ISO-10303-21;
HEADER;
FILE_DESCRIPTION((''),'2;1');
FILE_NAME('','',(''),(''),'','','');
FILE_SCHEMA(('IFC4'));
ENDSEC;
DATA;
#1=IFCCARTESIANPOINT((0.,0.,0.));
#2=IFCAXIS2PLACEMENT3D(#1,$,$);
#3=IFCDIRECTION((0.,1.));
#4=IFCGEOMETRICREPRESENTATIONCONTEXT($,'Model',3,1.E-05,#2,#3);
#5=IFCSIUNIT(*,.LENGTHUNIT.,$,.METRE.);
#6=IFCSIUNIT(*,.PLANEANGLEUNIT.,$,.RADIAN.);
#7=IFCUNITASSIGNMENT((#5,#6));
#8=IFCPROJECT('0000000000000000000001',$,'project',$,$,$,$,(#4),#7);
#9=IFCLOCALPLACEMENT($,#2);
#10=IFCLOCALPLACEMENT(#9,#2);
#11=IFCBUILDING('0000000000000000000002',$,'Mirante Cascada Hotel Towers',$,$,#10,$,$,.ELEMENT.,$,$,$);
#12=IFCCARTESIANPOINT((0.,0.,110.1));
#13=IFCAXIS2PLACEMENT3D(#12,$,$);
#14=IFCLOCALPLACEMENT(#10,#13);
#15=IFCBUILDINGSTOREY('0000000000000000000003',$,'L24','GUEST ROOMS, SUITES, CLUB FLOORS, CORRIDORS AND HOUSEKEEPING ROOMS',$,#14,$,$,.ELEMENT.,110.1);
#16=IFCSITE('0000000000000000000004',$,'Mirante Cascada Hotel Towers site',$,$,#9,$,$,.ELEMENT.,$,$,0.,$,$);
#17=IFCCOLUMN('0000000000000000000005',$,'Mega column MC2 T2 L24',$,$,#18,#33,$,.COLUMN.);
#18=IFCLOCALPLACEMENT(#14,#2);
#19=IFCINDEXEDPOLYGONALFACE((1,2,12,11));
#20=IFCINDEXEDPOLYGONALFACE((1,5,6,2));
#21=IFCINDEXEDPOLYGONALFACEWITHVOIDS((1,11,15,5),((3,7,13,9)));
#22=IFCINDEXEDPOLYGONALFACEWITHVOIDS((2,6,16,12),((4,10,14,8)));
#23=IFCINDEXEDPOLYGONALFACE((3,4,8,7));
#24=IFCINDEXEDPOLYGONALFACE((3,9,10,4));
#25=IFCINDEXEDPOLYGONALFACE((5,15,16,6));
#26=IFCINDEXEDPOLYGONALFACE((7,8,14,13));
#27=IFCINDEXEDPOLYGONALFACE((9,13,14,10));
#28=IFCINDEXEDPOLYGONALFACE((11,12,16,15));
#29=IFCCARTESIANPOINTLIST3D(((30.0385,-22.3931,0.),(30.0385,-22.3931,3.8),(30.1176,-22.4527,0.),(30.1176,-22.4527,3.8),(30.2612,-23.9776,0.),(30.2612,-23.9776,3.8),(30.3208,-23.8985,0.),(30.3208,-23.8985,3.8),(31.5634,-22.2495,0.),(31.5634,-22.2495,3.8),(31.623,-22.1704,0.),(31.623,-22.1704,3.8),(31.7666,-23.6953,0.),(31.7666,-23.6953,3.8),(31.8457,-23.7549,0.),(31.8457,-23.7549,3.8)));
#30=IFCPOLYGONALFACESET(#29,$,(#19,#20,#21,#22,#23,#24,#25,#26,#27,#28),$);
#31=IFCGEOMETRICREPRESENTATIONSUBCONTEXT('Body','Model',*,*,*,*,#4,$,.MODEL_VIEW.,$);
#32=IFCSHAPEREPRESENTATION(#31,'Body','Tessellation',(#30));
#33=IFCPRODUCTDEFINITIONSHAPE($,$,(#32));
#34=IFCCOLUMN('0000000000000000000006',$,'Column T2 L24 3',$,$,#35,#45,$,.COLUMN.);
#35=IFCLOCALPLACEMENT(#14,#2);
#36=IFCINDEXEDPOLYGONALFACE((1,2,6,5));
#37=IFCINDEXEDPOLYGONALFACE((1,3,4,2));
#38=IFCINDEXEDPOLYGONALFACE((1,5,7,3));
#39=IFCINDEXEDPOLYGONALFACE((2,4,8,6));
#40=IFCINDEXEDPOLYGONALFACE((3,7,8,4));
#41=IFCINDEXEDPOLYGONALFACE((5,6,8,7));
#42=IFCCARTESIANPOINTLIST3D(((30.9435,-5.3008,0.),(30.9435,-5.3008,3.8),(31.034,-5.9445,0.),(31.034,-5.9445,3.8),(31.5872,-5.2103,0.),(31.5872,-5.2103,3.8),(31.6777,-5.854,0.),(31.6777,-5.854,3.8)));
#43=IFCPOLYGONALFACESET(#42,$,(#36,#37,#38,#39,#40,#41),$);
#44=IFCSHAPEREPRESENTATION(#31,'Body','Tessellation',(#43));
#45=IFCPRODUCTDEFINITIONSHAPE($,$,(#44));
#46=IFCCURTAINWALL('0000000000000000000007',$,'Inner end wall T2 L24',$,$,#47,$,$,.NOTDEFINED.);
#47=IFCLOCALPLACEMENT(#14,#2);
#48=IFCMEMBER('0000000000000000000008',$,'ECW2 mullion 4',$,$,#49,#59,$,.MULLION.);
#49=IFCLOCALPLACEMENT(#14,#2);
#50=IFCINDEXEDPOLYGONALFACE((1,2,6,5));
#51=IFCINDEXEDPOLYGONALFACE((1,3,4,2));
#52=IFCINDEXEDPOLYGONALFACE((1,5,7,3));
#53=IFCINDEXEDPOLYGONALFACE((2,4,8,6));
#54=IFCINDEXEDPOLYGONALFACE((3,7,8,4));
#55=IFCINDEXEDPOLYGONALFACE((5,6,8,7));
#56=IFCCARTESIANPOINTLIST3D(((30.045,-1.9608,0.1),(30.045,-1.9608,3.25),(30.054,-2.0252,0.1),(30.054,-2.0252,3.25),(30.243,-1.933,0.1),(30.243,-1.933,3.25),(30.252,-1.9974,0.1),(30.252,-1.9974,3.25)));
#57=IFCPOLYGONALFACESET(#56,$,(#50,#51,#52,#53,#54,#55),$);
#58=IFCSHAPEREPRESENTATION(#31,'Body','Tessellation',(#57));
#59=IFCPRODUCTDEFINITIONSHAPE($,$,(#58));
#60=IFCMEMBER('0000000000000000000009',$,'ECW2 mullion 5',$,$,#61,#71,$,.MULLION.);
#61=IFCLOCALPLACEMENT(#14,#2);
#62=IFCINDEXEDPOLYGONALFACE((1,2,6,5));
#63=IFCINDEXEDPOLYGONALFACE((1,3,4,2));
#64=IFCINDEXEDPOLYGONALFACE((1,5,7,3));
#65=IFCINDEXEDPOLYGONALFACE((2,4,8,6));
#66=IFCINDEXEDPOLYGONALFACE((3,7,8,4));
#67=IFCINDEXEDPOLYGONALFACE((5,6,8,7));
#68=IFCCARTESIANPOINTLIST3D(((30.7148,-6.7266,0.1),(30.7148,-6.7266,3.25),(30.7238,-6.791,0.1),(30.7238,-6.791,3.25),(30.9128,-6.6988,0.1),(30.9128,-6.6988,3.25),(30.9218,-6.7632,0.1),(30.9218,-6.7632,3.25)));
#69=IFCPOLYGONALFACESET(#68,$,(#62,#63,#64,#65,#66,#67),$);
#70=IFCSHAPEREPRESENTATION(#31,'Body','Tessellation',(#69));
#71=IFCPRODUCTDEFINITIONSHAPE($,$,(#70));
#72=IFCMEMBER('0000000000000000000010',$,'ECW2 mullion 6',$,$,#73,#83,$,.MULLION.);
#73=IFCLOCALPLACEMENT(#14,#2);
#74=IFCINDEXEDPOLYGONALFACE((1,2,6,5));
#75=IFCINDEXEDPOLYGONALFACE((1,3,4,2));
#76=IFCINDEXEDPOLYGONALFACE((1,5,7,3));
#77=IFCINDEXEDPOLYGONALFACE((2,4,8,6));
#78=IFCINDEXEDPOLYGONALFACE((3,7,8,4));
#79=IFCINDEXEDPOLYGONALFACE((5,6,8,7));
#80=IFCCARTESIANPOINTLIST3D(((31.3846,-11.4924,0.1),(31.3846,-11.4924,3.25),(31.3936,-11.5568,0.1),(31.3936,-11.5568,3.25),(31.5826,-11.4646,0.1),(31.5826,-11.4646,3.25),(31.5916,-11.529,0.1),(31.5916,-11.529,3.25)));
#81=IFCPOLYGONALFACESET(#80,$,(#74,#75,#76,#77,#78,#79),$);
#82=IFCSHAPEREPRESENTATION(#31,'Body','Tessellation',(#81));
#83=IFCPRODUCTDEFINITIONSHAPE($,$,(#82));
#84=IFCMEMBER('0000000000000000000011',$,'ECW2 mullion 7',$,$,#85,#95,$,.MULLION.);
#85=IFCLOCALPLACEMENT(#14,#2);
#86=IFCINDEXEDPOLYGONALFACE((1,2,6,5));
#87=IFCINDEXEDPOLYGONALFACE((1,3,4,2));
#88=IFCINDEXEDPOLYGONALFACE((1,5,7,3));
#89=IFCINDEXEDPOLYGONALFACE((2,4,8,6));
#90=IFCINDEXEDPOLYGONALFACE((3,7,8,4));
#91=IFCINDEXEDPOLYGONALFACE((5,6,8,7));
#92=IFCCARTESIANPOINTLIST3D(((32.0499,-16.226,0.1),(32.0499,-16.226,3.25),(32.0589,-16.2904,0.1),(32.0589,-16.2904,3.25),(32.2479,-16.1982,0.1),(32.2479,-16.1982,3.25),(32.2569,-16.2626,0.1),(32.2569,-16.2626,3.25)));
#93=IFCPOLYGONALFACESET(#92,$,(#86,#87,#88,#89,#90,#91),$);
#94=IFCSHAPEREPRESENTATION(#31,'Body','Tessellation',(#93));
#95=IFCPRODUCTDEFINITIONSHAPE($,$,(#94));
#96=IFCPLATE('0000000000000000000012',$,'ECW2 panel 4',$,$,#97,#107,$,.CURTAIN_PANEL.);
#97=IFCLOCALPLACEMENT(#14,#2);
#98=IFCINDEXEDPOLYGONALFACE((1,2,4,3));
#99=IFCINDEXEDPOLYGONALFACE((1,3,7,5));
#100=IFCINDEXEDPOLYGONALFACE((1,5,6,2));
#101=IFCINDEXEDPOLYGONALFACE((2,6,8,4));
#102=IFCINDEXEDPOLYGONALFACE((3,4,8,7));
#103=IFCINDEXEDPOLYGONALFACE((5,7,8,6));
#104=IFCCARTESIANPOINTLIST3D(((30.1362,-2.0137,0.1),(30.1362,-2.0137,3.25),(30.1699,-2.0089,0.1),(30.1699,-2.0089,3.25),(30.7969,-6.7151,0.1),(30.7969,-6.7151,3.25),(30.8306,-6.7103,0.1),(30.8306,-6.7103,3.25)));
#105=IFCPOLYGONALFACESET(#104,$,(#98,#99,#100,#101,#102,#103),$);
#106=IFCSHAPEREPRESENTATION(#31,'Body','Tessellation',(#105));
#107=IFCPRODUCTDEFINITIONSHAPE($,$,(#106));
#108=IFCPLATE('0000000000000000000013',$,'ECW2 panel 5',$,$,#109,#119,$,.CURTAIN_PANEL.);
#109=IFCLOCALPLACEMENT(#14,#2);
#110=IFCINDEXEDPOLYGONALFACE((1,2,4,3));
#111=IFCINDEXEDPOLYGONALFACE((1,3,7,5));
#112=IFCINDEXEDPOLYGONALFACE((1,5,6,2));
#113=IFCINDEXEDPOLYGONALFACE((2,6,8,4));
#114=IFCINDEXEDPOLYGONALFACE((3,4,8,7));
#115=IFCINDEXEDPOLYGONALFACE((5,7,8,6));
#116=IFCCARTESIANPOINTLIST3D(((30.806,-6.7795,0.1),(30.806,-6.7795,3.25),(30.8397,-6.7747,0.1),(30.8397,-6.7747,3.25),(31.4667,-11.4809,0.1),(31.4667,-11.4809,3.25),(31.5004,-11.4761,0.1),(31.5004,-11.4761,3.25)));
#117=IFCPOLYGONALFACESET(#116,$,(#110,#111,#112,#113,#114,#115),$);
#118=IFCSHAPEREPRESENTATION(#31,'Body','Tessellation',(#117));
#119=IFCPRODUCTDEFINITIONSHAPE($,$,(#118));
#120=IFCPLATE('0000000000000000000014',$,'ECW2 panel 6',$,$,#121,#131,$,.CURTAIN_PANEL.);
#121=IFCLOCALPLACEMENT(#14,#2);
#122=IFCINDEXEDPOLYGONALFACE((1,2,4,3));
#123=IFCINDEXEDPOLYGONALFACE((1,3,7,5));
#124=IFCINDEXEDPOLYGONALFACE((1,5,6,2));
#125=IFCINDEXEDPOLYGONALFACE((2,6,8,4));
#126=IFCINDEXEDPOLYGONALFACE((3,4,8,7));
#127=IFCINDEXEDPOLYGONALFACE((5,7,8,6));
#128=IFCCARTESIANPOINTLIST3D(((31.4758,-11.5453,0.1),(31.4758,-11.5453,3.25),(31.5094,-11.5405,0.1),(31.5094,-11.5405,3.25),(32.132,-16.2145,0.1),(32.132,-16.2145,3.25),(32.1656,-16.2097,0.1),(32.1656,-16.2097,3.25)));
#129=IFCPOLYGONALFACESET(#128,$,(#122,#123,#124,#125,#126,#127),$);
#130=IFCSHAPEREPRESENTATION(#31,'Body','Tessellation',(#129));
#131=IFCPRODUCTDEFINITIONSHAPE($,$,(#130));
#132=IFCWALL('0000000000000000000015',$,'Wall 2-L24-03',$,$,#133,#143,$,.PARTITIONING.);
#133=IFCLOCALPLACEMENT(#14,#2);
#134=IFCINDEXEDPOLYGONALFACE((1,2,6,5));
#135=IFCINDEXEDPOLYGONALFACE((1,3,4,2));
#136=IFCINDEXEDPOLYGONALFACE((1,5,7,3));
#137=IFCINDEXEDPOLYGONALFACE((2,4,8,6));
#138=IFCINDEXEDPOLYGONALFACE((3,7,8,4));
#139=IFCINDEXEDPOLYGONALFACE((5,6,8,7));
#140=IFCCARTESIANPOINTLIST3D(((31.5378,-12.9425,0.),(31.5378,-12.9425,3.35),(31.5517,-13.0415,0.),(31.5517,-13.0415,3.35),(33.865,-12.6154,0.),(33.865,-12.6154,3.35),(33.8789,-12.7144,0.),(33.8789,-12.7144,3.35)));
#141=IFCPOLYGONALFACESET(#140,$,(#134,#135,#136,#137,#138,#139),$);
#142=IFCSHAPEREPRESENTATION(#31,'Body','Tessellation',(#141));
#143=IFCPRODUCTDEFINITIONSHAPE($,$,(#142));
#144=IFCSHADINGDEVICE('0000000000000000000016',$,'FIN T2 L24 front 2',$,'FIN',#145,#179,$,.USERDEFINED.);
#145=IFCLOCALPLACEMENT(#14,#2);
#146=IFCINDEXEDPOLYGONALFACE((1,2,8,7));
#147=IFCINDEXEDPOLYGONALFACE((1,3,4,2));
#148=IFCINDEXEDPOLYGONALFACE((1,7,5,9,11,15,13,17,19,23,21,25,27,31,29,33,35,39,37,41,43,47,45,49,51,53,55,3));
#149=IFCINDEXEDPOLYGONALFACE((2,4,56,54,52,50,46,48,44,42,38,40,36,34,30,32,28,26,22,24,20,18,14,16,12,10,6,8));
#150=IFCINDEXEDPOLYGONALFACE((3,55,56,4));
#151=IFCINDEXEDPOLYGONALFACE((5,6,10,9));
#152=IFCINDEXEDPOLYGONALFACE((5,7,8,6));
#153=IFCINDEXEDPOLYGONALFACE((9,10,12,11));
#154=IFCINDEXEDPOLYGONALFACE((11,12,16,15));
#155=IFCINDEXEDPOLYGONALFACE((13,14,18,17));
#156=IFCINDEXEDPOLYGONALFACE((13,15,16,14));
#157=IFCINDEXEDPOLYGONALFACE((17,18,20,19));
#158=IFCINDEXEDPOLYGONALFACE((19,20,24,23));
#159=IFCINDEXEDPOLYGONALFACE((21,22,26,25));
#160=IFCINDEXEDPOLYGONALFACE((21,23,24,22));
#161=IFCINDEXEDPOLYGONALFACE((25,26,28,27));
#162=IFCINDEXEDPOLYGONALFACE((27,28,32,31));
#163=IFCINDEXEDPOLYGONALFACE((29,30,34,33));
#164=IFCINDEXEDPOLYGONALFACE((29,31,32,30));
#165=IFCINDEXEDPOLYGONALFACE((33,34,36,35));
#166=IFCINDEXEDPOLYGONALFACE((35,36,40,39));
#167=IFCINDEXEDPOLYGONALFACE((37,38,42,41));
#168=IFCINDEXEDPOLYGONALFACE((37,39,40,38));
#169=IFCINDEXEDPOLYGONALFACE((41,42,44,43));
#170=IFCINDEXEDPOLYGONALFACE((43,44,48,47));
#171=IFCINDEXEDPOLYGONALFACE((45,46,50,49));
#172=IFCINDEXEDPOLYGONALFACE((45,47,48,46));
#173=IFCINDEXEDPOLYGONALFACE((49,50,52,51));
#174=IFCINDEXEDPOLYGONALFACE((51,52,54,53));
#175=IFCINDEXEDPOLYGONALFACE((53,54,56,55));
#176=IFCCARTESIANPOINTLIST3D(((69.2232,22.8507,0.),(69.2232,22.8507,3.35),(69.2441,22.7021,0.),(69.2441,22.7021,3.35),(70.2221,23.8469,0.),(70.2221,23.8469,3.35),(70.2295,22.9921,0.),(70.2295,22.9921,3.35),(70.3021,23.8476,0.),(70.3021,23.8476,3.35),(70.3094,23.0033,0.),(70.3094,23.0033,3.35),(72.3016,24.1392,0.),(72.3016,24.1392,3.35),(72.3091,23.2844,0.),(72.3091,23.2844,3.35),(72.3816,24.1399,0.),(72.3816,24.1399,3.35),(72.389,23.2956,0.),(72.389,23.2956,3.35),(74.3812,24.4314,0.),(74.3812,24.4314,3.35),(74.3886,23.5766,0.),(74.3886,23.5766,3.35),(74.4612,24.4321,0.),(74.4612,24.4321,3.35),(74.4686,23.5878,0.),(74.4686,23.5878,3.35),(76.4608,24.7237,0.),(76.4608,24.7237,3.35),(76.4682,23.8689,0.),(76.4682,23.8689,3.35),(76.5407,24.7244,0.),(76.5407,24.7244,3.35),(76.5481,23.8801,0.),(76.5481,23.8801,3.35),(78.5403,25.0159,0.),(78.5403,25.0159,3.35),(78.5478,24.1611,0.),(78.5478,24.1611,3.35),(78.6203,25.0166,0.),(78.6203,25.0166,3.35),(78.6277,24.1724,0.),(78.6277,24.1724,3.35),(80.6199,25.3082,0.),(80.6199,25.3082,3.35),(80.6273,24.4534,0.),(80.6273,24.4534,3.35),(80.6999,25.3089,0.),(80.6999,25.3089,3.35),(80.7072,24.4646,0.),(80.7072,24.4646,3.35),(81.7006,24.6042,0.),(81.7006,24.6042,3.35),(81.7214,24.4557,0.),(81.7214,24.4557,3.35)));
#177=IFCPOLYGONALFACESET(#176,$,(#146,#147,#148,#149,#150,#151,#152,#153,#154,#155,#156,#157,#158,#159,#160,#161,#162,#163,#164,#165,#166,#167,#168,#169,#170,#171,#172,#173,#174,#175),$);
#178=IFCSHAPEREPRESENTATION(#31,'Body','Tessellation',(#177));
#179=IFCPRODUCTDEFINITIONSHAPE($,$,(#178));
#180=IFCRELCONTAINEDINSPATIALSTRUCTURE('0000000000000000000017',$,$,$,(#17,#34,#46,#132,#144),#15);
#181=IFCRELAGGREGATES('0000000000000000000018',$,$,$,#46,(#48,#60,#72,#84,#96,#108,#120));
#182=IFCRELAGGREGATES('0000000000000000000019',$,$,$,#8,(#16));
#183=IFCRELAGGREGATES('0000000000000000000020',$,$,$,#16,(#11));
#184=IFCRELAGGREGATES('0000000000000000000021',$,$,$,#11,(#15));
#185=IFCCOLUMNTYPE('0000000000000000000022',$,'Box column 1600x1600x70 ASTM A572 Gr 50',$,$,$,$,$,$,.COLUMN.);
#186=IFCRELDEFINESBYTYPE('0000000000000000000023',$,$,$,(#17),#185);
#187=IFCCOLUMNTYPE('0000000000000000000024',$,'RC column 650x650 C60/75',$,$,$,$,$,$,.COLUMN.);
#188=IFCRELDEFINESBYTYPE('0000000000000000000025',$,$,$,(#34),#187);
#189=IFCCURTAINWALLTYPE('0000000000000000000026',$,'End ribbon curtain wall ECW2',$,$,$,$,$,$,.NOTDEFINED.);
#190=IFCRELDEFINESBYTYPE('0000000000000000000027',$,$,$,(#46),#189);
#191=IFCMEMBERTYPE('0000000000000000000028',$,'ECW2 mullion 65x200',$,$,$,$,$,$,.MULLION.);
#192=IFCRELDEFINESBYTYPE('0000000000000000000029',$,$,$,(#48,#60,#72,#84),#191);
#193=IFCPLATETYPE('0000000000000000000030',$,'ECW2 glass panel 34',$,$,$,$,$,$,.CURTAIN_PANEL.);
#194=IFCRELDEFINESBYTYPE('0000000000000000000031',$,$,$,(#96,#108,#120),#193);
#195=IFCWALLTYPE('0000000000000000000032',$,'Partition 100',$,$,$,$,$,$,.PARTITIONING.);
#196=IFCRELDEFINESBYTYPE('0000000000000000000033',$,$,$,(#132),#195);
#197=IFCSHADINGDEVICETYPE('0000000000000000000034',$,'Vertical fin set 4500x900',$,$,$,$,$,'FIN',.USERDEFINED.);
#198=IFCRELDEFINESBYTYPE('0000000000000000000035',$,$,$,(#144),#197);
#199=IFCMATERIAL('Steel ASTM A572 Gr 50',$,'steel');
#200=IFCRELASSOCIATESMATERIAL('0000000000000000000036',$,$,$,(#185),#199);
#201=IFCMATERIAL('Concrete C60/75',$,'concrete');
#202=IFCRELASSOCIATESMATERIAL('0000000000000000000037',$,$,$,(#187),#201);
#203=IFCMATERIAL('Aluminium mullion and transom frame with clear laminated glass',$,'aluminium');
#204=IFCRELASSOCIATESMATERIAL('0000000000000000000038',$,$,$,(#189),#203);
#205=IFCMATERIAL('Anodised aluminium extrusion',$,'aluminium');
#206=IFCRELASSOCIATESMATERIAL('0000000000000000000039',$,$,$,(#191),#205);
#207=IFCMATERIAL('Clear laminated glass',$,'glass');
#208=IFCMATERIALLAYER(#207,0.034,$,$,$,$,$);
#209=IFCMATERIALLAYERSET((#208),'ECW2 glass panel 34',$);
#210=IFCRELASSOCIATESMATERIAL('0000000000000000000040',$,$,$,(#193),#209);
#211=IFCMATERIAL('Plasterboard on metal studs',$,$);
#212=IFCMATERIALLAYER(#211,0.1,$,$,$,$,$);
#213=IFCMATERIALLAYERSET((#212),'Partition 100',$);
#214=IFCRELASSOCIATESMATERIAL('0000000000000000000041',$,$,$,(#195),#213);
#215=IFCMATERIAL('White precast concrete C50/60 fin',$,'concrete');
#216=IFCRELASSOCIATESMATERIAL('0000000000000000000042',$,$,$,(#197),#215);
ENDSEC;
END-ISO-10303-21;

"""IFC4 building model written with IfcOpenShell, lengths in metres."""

from ifc_helpers import new_model, si_unit, direction, frame, frame_2d, origin, origin_2d, place, context, subcontext, project, spatial, polyline, rectangle, hollow_rectangle, outline, extrude, material, layer, layer_set, material_profile, profile_set, type_object, element, aggregate, save


model = new_model("IFC4")

# Units and contexts
model_context = context("Model", 3, precision=1e-05, world=origin(), true_north=direction((0.0, 1.0)))
body_context = subcontext(model_context, "Body", "Model", "MODEL_VIEW")
ifc_project = project(units=[si_unit("LENGTHUNIT", "METRE"), si_unit("PLANEANGLEUNIT", "RADIAN")], contexts=[model_context])

# Site, building, storey
site_placement = place(None, origin())
site = spatial("IfcSite", under=ifc_project, at=site_placement, Name="Mirante Cascada Hotel Towers site", CompositionType="ELEMENT", RefElevation=0.0)
building_placement = place(site_placement, origin())
building = spatial("IfcBuilding", under=site, at=building_placement, Name="Mirante Cascada Hotel Towers", CompositionType="ELEMENT")
storey_placement = place(building_placement, frame((0.0, 0.0, 110.1)))
storey = spatial("IfcBuildingStorey", under=building, at=storey_placement, Name="L24", Description="GUEST ROOMS, SUITES, CLUB FLOORS, CORRIDORS AND HOUSEKEEPING ROOMS", CompositionType="ELEMENT", Elevation=110.1)

# Columns
ifc_material_1 = material(Name="Steel ASTM A572 Gr 50", Category="steel")
ifc_material_profile_1 = material_profile(ifc_material_1, hollow_rectangle(XDim=1.6, YDim=1.6, WallThickness=0.07, at=origin_2d()), Name="Box column 1600x1600x70 ASTM A572 Gr 50")
ifc_profile_set_1 = profile_set([ifc_material_profile_1], Name="Steel ASTM A572 Gr 50")
column_type_1 = type_object("IfcColumnType", Name="Box column 1600x1600x70 ASTM A572 Gr 50", PredefinedType="COLUMN", material=ifc_profile_set_1)
column_1_placement = place(storey_placement, frame((30.9421, -23.074, 0.0), z_axis=(0.0, 0.0, 1.0), x_axis=(0.990268, 0.139173, 0.0)))
element("IfcColumn", 1, at=column_1_placement, inside=storey, type_object=column_type_1, Name="Mega column MC2 T2 L24", PredefinedType="COLUMN", context=body_context, shape_type="SweptSolid", body=[
    extrude(hollow_rectangle(XDim=1.6, YDim=1.6, WallThickness=0.07, at=origin_2d()), origin(), (0.0, 0.0, 1.0), 3.8),
])
ifc_material_2 = material(Name="Concrete C60/75", Category="concrete")
ifc_material_profile_2 = material_profile(ifc_material_2, rectangle(XDim=0.65, YDim=0.65, at=origin_2d()), Name="RC column 650x650 C60/75")
ifc_profile_set_2 = profile_set([ifc_material_profile_2], Name="Concrete C60/75")
column_type_2 = type_object("IfcColumnType", Name="RC column 650x650 C60/75", PredefinedType="COLUMN", material=ifc_profile_set_2)
column_2_placement = place(storey_placement, frame((31.3106, -5.5774, 0.0), z_axis=(0.0, 0.0, 1.0), x_axis=(0.990268, 0.139173, 0.0)))
element("IfcColumn", 2, at=column_2_placement, inside=storey, type_object=column_type_2, Name="Column T2 L24 3", PredefinedType="COLUMN", context=body_context, shape_type="SweptSolid", body=[
    extrude(rectangle(XDim=0.65, YDim=0.65, at=origin_2d()), origin(), (0.0, 0.0, 1.0), 3.8),
])

# Curtain wall, members, plates
ifc_material_3 = material(Name="Aluminium mullion and transom frame with clear laminated glass", Category="aluminium")
curtain_wall_type = type_object("IfcCurtainWallType", Name="End ribbon curtain wall ECW2", PredefinedType="NOTDEFINED", material=ifc_material_3)
curtain_wall_placement = place(storey_placement, origin())
curtain_wall = element("IfcCurtainWall", 3, at=curtain_wall_placement, inside=storey, type_object=curtain_wall_type, Name="Inner end wall T2 L24", PredefinedType="NOTDEFINED")
ifc_material_4 = material(Name="Anodised aluminium extrusion", Category="aluminium")
ifc_material_profile_3 = material_profile(ifc_material_4, rectangle(XDim=0.2, YDim=0.065, at=origin_2d()), Name="ECW2 MULLION 65x200")
ifc_profile_set_3 = profile_set([ifc_material_profile_3], Name="Anodised aluminium extrusion")
member_type = type_object("IfcMemberType", Name="ECW2 mullion 65x200", PredefinedType="MULLION", material=ifc_profile_set_3)
member_1_placement = place(storey_placement, frame((30.1485, -1.9791, 0.1), z_axis=(0.0, 0.0, 1.0), x_axis=(0.990268, 0.139173, 0.0)))
member_1 = element("IfcMember", 4, at=member_1_placement, type_object=member_type, Name="ECW2 mullion 4", PredefinedType="MULLION", context=body_context, shape_type="SweptSolid", body=[
    extrude(rectangle(XDim=0.2, YDim=0.065, at=origin_2d()), origin(), (0.0, 0.0, 1.0), 3.15),
])
member_2_placement = place(storey_placement, frame((30.8183, -6.7449, 0.1), z_axis=(0.0, 0.0, 1.0), x_axis=(0.990268, 0.139173, 0.0)))
member_2 = element("IfcMember", 5, at=member_2_placement, type_object=member_type, Name="ECW2 mullion 5", PredefinedType="MULLION", context=body_context, shape_type="SweptSolid", body=[
    extrude(rectangle(XDim=0.2, YDim=0.065, at=origin_2d()), origin(), (0.0, 0.0, 1.0), 3.15),
])
member_3_placement = place(storey_placement, frame((31.4881, -11.5107, 0.1), z_axis=(0.0, 0.0, 1.0), x_axis=(0.990268, 0.139173, 0.0)))
member_3 = element("IfcMember", 6, at=member_3_placement, type_object=member_type, Name="ECW2 mullion 6", PredefinedType="MULLION", context=body_context, shape_type="SweptSolid", body=[
    extrude(rectangle(XDim=0.2, YDim=0.065, at=origin_2d()), origin(), (0.0, 0.0, 1.0), 3.15),
])
member_4_placement = place(storey_placement, frame((32.1534, -16.2443, 0.1), z_axis=(0.0, 0.0, 1.0), x_axis=(0.990268, 0.139173, 0.0)))
member_4 = element("IfcMember", 7, at=member_4_placement, type_object=member_type, Name="ECW2 mullion 7", PredefinedType="MULLION", context=body_context, shape_type="SweptSolid", body=[
    extrude(rectangle(XDim=0.2, YDim=0.065, at=origin_2d()), origin(), (0.0, 0.0, 1.0), 3.15),
])
ifc_material_5 = material(Name="Clear laminated glass", Category="glass")
ifc_layer_1 = layer(ifc_material_5, 0.034)
ifc_layer_set_1 = layer_set([ifc_layer_1], Name="ECW2 glass panel 34")
plate_type = type_object("IfcPlateType", Name="ECW2 glass panel 34", PredefinedType="CURTAIN_PANEL", material=ifc_layer_set_1)
plate_1_placement = place(storey_placement, frame((30.4834, -4.362, 0.1), z_axis=(0.0, 0.0, 1.0), x_axis=(0.139173, -0.990268, 0.0)))
plate_1 = element("IfcPlate", 8, at=plate_1_placement, type_object=plate_type, Name="ECW2 panel 4", PredefinedType="CURTAIN_PANEL", context=body_context, shape_type="SweptSolid", body=[
    extrude(rectangle(XDim=4.7476, YDim=0.034, at=origin_2d()), origin(), (0.0, 0.0, 1.0), 3.15),
])
plate_2_placement = place(storey_placement, frame((31.1532, -9.1278, 0.1), z_axis=(0.0, 0.0, 1.0), x_axis=(0.139173, -0.990268, 0.0)))
plate_2 = element("IfcPlate", 9, at=plate_2_placement, type_object=plate_type, Name="ECW2 panel 5", PredefinedType="CURTAIN_PANEL", context=body_context, shape_type="SweptSolid", body=[
    extrude(rectangle(XDim=4.7476, YDim=0.034, at=origin_2d()), origin(), (0.0, 0.0, 1.0), 3.15),
])
plate_3_placement = place(storey_placement, frame((31.8207, -13.8775, 0.1), z_axis=(0.0, 0.0, 1.0), x_axis=(0.139173, -0.990268, 0.0)))
plate_3 = element("IfcPlate", 10, at=plate_3_placement, type_object=plate_type, Name="ECW2 panel 6", PredefinedType="CURTAIN_PANEL", context=body_context, shape_type="SweptSolid", body=[
    extrude(rectangle(XDim=4.7151, YDim=0.034, at=origin_2d()), origin(), (0.0, 0.0, 1.0), 3.15),
])
aggregate(curtain_wall, [member_1, member_2, member_3, member_4, plate_1, plate_2, plate_3])

# Wall
ifc_material_6 = material(Name="Plasterboard on metal studs")
ifc_layer_2 = layer(ifc_material_6, 0.1)
ifc_layer_set_2 = layer_set([ifc_layer_2], Name="Partition 100")
wall_type = type_object("IfcWallType", Name="Partition 100", PredefinedType="PARTITIONING", material=ifc_layer_set_2)
wall_placement = place(storey_placement, frame((31.5448, -12.992, 0.0), z_axis=(0.0, 0.0, 1.0), x_axis=(0.990266, 0.139187, 0.0)))
element("IfcWall", 11, at=wall_placement, inside=storey, type_object=wall_type, Name="Wall 2-L24-03", PredefinedType="PARTITIONING", context=body_context, shape_type="SweptSolid", body=[
    extrude(rectangle(XDim=2.3501, YDim=0.1, at=frame_2d((1.175, 0.0))), origin(), (0.0, 0.0, 1.0), 3.35),
])

# Shading device
ifc_material_7 = material(Name="White precast concrete C50/60 fin", Category="concrete")
shading_device_type = type_object("IfcShadingDeviceType", Name="Vertical fin set 4500x900", ElementType="FIN", PredefinedType="USERDEFINED", material=ifc_material_7)
shading_device_1_placement = place(storey_placement, origin())
element("IfcShadingDevice", 12, at=shading_device_1_placement, inside=storey, type_object=shading_device_type, Name="FIN T2 L24 front 2", ObjectType="FIN", PredefinedType="USERDEFINED", context=body_context, shape_type="SweptSolid", body=[
    extrude(outline(polyline([(70.3021, 23.8476), (70.3094, 23.0033), (72.3091, 23.2844), (72.3016, 24.1392), (72.3816, 24.1399), (72.389, 23.2956), (74.3886, 23.5766), (74.3812, 24.4314), (74.4612, 24.4321), (74.4686, 23.5878), (76.4682, 23.8689), (76.4608, 24.7237), (76.5407, 24.7244), (76.5481, 23.8801), (78.5478, 24.1611), (78.5403, 25.0159), (78.6203, 25.0166), (78.6277, 24.1724), (80.6273, 24.4534), (80.6199, 25.3082), (80.6999, 25.3089), (80.7072, 24.4646), (81.7006, 24.6042), (81.7214, 24.4557), (69.2441, 22.7021), (69.2232, 22.8507), (70.2295, 22.9921), (70.2221, 23.8469), (70.3021, 23.8476)])), origin(), (0.0, 0.0, 1.0), 3.35),
])

save(model, "model.ifc")
